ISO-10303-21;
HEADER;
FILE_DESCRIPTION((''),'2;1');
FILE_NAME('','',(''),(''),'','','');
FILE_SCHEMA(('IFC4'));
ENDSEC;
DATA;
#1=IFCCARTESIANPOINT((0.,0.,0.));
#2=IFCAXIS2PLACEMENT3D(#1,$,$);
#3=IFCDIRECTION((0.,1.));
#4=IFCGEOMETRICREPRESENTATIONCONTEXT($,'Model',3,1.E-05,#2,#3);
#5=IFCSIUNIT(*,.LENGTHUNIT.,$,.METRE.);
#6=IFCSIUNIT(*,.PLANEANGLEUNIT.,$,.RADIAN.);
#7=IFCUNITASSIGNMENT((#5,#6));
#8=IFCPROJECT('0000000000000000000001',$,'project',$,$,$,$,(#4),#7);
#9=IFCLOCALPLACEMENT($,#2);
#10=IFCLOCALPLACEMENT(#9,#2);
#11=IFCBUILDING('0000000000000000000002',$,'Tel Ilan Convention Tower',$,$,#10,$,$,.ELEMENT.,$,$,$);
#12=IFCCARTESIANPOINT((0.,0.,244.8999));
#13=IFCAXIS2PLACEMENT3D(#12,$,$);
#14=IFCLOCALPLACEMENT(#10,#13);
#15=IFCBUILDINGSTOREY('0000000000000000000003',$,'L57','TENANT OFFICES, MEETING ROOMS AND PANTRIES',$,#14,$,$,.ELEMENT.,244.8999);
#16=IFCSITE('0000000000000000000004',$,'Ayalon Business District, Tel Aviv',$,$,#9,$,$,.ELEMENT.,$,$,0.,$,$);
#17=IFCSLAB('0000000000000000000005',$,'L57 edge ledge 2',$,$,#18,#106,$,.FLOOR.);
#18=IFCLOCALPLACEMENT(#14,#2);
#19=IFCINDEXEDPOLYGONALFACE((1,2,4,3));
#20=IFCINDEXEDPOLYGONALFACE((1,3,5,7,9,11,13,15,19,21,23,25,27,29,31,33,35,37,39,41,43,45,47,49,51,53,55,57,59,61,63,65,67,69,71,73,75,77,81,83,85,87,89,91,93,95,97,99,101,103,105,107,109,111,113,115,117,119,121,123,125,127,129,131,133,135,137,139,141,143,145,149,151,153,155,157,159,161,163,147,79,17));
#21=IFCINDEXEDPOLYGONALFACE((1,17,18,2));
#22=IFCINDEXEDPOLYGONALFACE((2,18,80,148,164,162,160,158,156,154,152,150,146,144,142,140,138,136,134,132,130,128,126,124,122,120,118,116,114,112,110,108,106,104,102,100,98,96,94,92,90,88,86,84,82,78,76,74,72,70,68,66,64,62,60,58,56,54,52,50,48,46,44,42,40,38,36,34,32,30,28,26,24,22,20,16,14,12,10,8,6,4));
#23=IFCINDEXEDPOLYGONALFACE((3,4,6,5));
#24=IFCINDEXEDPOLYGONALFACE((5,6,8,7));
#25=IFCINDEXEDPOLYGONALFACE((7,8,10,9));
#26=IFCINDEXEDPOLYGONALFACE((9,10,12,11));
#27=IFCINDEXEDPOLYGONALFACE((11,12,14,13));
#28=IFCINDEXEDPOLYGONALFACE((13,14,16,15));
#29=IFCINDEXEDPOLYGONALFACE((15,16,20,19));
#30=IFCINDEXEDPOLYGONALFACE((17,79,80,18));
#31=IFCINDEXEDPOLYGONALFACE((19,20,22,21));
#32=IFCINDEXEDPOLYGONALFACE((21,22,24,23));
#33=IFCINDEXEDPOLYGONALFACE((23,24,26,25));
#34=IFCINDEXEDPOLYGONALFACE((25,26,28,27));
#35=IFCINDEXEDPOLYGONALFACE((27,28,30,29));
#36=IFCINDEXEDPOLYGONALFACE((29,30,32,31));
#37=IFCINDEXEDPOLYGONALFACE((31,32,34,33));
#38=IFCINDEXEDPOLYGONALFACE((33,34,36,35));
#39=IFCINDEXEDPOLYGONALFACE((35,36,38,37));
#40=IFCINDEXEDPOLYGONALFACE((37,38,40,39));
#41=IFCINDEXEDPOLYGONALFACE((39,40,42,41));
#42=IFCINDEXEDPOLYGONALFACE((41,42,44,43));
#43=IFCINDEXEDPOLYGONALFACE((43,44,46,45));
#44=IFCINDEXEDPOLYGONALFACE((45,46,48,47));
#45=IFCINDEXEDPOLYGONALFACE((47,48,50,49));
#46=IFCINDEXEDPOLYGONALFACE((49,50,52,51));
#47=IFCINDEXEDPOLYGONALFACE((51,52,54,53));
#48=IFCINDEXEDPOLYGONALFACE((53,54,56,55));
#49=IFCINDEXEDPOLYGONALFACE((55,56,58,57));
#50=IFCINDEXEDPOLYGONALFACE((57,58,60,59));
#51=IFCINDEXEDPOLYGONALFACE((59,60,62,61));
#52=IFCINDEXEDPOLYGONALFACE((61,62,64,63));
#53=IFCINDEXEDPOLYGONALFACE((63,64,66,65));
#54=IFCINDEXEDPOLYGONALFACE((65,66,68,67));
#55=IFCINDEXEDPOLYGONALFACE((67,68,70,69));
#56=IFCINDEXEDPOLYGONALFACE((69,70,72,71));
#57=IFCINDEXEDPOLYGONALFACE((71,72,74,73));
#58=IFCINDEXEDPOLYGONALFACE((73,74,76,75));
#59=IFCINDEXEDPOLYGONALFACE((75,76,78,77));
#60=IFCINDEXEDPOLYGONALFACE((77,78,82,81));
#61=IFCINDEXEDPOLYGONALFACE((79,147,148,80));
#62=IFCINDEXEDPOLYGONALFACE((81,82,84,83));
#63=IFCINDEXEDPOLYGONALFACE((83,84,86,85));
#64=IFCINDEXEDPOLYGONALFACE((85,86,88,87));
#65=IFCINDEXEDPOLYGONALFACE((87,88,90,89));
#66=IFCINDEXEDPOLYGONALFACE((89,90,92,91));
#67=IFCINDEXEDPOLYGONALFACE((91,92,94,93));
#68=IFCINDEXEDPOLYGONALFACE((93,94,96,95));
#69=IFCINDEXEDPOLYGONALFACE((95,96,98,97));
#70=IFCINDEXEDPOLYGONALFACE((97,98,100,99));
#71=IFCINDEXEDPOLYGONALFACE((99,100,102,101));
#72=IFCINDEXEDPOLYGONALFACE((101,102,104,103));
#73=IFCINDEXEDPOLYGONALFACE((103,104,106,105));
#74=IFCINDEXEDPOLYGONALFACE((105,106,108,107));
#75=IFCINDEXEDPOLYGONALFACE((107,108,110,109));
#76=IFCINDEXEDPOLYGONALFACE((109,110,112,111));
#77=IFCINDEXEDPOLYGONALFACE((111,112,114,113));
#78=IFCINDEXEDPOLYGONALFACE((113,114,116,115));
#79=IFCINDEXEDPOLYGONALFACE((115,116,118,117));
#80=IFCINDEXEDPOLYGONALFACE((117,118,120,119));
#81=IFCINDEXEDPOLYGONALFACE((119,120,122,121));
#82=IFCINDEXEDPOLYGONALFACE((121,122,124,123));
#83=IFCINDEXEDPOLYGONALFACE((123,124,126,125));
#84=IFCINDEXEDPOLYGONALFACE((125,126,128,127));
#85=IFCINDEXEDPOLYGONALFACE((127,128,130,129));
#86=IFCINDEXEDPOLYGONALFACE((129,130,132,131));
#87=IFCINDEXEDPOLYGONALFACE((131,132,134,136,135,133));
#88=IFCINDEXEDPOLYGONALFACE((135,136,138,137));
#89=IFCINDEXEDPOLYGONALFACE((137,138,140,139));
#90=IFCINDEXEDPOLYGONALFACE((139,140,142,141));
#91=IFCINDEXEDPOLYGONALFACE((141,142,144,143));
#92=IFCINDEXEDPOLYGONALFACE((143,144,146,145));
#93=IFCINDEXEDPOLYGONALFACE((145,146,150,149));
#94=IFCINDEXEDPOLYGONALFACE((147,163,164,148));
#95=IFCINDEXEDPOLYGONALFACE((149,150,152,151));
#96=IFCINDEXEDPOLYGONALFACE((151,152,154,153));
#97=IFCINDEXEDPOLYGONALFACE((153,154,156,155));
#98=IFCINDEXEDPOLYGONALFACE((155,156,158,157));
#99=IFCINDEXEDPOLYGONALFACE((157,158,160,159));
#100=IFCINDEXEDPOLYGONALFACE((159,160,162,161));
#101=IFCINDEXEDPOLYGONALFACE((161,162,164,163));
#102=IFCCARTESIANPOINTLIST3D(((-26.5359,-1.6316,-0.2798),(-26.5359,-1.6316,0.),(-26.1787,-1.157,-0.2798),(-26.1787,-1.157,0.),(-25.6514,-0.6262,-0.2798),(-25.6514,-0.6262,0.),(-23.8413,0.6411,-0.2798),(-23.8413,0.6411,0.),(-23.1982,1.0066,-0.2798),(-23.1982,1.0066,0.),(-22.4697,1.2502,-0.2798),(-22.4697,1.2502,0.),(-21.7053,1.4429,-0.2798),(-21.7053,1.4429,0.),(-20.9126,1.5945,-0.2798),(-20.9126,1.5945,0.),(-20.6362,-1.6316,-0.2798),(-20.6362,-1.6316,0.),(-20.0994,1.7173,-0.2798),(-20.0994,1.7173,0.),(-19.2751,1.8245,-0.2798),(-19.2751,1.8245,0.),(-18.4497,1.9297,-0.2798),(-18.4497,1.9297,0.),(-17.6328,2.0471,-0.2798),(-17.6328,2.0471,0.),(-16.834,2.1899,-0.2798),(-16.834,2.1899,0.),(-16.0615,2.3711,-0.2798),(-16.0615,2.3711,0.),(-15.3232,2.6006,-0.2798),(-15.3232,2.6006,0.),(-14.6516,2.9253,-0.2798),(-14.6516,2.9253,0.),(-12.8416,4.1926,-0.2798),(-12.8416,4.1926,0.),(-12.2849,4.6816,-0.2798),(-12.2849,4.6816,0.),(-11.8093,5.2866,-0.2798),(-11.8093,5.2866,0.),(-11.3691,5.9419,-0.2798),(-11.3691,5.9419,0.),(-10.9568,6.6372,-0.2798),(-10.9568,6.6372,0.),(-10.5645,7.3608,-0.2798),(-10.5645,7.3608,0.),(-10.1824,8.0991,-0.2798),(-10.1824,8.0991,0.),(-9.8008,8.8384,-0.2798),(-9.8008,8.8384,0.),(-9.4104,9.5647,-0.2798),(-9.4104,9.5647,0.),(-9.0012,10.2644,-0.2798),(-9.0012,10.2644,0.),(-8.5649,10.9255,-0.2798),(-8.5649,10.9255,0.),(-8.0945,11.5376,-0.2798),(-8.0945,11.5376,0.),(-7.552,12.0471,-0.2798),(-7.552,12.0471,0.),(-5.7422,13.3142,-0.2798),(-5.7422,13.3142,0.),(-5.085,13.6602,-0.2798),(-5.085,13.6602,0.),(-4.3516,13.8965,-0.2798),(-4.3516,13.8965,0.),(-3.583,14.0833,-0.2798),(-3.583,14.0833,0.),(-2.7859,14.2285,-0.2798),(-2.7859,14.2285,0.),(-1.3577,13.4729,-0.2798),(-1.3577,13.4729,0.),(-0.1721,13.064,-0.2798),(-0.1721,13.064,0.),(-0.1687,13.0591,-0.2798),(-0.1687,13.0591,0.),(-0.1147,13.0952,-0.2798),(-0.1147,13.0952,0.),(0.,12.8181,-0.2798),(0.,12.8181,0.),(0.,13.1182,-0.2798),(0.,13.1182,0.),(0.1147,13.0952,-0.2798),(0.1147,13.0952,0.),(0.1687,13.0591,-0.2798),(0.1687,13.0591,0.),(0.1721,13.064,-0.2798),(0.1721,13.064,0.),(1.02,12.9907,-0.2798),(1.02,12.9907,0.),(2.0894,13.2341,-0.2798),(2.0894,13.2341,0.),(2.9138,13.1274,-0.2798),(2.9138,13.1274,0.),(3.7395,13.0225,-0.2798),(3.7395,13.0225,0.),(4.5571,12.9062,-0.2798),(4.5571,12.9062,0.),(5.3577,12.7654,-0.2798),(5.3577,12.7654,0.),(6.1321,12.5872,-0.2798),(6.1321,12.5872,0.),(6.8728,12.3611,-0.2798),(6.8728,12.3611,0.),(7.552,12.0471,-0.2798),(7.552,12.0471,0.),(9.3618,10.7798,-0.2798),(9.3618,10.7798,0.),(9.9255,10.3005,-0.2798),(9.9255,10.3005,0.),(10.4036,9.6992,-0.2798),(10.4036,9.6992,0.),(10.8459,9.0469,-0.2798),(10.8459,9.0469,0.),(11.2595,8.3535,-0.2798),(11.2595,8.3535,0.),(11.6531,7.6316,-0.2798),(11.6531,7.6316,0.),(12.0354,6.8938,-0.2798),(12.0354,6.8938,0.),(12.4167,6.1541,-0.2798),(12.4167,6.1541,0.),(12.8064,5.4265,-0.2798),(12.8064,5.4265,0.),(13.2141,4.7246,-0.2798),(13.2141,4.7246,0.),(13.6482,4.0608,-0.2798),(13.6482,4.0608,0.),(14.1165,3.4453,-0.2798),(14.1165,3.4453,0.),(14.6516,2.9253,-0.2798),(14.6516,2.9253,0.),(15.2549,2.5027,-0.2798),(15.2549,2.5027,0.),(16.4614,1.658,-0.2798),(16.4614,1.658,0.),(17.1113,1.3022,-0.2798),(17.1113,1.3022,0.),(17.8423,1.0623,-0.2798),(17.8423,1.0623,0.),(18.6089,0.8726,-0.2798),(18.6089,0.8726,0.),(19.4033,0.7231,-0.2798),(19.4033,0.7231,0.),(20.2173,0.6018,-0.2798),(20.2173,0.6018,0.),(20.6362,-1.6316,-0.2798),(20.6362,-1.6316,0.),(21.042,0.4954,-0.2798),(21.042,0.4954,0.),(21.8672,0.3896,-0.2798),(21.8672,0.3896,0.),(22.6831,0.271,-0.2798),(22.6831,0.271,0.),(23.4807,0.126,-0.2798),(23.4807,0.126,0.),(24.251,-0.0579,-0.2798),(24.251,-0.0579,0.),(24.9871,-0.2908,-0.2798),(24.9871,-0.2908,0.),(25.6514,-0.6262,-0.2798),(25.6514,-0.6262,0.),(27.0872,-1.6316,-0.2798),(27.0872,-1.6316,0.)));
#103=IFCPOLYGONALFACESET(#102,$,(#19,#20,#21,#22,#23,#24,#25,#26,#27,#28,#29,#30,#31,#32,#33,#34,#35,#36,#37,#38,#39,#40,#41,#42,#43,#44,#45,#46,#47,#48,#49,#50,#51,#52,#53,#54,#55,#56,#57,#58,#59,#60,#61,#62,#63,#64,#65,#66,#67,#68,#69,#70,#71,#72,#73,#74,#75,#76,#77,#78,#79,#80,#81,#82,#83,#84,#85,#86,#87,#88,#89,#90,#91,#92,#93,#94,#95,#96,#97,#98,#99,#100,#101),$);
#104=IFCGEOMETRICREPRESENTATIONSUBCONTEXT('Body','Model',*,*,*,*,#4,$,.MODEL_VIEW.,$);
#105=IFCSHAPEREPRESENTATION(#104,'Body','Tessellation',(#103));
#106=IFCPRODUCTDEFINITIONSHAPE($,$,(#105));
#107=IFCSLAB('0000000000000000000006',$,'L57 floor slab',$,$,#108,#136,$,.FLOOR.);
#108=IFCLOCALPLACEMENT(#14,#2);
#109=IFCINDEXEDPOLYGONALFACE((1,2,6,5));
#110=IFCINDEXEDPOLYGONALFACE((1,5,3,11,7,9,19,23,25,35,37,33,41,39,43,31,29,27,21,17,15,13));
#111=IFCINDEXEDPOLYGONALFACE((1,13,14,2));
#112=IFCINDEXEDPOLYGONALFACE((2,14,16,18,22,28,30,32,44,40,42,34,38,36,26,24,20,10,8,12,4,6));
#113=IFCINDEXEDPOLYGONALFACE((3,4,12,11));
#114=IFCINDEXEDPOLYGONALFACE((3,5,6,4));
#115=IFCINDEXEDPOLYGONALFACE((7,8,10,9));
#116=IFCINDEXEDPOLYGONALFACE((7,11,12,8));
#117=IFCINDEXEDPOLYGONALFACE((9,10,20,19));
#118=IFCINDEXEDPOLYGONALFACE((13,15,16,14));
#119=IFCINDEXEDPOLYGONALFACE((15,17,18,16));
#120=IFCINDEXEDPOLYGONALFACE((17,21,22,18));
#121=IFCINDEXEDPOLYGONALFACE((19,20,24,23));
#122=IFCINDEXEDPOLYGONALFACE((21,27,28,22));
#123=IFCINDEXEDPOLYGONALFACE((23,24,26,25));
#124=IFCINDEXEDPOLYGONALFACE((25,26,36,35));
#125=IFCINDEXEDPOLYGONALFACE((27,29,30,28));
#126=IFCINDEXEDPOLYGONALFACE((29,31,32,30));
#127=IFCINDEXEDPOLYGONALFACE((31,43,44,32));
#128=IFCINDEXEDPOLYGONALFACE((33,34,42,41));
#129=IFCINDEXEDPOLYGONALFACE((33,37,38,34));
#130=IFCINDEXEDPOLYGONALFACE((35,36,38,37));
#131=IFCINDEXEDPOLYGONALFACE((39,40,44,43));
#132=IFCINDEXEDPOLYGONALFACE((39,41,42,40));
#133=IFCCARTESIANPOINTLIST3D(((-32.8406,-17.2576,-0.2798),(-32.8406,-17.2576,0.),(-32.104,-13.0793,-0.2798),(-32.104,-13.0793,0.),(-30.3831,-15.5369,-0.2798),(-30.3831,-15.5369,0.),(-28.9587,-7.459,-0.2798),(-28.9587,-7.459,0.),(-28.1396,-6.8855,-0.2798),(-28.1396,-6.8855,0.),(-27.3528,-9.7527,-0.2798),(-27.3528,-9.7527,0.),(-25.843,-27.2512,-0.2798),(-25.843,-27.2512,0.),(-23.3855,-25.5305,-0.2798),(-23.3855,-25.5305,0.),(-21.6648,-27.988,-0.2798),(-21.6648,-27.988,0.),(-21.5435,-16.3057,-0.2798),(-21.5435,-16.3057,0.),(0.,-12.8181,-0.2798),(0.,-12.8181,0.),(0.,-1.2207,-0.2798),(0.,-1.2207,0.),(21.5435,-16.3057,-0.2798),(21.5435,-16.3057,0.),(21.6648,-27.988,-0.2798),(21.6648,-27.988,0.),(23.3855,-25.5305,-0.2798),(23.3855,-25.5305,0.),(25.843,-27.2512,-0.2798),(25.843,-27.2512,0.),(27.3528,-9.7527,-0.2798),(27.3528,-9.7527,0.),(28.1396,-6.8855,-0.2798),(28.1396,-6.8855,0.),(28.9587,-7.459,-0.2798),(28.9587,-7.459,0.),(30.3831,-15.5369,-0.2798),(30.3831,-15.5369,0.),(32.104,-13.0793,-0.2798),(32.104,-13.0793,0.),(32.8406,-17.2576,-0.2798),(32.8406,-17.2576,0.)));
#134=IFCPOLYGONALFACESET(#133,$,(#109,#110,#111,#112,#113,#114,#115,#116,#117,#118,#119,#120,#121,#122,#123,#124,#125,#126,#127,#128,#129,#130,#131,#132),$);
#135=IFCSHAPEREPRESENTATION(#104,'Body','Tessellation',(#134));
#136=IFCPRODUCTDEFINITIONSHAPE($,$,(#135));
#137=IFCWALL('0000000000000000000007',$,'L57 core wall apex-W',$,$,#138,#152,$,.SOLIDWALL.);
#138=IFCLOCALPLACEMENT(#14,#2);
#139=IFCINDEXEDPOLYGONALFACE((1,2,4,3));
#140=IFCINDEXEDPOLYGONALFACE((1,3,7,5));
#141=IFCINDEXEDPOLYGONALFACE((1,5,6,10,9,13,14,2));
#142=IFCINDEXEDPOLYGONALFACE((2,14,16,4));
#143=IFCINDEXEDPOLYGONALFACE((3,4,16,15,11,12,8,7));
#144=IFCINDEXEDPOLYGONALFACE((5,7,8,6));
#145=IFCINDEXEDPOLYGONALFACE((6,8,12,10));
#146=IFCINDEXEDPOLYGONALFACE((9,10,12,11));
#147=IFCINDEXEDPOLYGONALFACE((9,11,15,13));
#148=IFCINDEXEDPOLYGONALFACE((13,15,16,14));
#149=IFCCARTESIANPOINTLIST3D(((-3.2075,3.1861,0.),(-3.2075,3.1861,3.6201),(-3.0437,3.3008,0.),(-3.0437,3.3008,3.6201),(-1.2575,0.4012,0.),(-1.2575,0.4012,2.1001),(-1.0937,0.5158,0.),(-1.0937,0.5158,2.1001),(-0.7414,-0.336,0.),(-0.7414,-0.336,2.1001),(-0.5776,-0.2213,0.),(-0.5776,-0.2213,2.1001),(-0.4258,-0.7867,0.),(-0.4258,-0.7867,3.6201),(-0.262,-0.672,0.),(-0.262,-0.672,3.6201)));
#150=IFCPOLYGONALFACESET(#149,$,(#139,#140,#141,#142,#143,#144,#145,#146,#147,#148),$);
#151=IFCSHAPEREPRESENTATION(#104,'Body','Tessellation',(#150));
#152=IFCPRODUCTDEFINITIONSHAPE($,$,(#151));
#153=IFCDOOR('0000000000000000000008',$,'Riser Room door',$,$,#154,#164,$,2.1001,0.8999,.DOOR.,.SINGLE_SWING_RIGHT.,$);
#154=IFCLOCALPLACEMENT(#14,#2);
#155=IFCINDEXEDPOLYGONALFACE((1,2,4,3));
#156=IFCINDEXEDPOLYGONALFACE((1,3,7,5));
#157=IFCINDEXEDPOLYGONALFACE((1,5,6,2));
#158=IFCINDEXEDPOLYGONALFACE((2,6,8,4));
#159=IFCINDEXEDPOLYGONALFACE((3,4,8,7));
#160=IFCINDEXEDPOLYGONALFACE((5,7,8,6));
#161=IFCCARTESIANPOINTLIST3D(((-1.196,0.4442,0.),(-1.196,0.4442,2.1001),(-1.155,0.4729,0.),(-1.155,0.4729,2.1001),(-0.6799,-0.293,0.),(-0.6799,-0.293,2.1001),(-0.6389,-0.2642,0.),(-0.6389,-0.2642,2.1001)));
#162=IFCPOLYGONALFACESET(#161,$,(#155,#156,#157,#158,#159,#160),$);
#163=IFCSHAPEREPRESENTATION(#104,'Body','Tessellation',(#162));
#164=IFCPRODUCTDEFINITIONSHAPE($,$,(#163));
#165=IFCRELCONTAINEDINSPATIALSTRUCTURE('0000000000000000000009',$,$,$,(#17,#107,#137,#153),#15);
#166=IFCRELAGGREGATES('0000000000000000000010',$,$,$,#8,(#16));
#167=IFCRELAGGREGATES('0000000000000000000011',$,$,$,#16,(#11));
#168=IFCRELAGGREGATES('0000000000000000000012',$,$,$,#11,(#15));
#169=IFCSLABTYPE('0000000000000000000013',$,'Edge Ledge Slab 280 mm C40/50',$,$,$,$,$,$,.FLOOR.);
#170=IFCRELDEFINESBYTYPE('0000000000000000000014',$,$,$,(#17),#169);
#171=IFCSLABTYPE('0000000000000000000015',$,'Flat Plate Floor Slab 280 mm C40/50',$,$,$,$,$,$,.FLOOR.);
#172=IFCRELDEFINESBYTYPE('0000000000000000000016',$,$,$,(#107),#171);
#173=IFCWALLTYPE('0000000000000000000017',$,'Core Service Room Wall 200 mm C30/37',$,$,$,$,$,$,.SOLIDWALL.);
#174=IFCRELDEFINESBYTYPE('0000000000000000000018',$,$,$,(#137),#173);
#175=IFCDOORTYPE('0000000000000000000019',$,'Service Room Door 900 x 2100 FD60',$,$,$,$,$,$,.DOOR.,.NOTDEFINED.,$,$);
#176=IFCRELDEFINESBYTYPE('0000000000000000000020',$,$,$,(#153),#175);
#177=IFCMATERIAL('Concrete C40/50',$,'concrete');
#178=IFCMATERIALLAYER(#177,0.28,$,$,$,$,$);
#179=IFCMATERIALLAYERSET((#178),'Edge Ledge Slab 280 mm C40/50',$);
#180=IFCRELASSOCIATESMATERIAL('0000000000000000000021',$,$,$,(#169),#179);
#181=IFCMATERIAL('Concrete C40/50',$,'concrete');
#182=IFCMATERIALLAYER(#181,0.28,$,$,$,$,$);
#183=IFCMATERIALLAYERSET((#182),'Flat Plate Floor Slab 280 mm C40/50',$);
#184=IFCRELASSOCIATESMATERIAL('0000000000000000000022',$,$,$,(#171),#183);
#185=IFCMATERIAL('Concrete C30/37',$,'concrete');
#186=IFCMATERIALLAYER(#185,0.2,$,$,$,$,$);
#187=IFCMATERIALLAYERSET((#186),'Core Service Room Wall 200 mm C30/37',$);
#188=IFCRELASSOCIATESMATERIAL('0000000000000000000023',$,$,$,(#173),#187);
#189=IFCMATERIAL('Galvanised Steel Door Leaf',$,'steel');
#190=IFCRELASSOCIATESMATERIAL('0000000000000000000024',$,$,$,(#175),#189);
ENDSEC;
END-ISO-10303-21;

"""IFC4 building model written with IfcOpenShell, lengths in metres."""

from ifc_helpers import new_model, si_unit, direction, frame, frame_2d, origin, place, context, subcontext, project, spatial, polyline, rectangle, outline, extrude, material, layer, layer_set, type_object, element, fill, save


model = new_model("IFC4")

# Units and contexts
model_context = context("Model", 3, precision=1e-05, world=origin(), true_north=direction((0.0, 1.0)))
body_context = subcontext(model_context, "Body", "Model", "MODEL_VIEW")
ifc_project = project(units=[si_unit("LENGTHUNIT", "METRE"), si_unit("PLANEANGLEUNIT", "RADIAN")], contexts=[model_context])

# Site, building, storey
site_placement = place(None, origin())
site = spatial("IfcSite", under=ifc_project, at=site_placement, Name="Ayalon Business District, Tel Aviv", CompositionType="ELEMENT", RefElevation=0.0)
building_placement = place(site_placement, origin())
building = spatial("IfcBuilding", under=site, at=building_placement, Name="Tel Ilan Convention Tower", CompositionType="ELEMENT")
storey_placement = place(building_placement, frame((0.0, 0.0, 244.8999)))
storey = spatial("IfcBuildingStorey", under=building, at=storey_placement, Name="L57", Description="TENANT OFFICES, MEETING ROOMS AND PANTRIES", CompositionType="ELEMENT", Elevation=244.8999)

# Slabs
ifc_material_1 = material(Name="Concrete C40/50", Category="concrete")
ifc_layer_1 = layer(ifc_material_1, 0.28)
ifc_layer_set_1 = layer_set([ifc_layer_1], Name="Edge Ledge Slab 280 mm C40/50")
slab_type_1 = type_object("IfcSlabType", Name="Edge Ledge Slab 280 mm C40/50", PredefinedType="FLOOR", material=ifc_layer_set_1)
slab_1_placement = place(storey_placement, frame((0.0, 0.0, -0.2798)))
element("IfcSlab", 1, at=slab_1_placement, inside=storey, type_object=slab_type_1, Name="L57 edge ledge 2", PredefinedType="FLOOR", context=body_context, shape_type="SweptSolid", body=[
    extrude(outline(polyline([(-23.1982, 1.0066), (-22.4697, 1.2502), (-21.7053, 1.4429), (-20.9126, 1.5945), (-20.0994, 1.7173), (-19.2751, 1.8245), (-18.4497, 1.9297), (-17.6328, 2.0471), (-16.834, 2.1899), (-16.0615, 2.3711), (-15.3232, 2.6006), (-14.6516, 2.9253), (-12.8416, 4.1926), (-12.2849, 4.6816), (-11.8093, 5.2866), (-11.3691, 5.9419), (-10.9568, 6.6372), (-10.5645, 7.3608), (-10.1824, 8.0991), (-9.8008, 8.8384), (-9.4104, 9.5647), (-9.0012, 10.2644), (-8.5649, 10.9255), (-8.0945, 11.5376), (-7.552, 12.0471), (-5.7422, 13.3142), (-5.085, 13.6602), (-4.3516, 13.8965), (-3.583, 14.0833), (-2.7859, 14.2285), (-1.3577, 13.4729), (-0.1721, 13.064), (-0.1687, 13.0591), (-0.1147, 13.0952), (0.0, 13.1182), (0.1147, 13.0952), (0.1687, 13.0591), (0.1721, 13.064), (1.02, 12.9907), (2.0894, 13.2341), (2.9138, 13.1274), (3.7395, 13.0225), (4.5571, 12.9062), (5.3577, 12.7654), (6.1321, 12.5872), (6.8728, 12.3611), (7.552, 12.0471), (9.3618, 10.7798), (9.9255, 10.3005), (10.4036, 9.6992), (10.8459, 9.0469), (11.2595, 8.3535), (11.6531, 7.6316), (12.0354, 6.8938), (12.4167, 6.1541), (12.8064, 5.4265), (13.2141, 4.7246), (13.6482, 4.0608), (14.1165, 3.4453), (14.6516, 2.9253), (15.2549, 2.5027), (16.4614, 1.658), (17.1113, 1.3022), (17.8423, 1.0623), (18.6089, 0.8726), (19.4033, 0.7231), (20.2173, 0.6018), (21.042, 0.4954), (21.8672, 0.3896), (22.6831, 0.271), (23.4807, 0.126), (24.251, -0.0579), (24.9871, -0.2908), (25.6514, -0.6262), (27.0872, -1.6316), (20.6362, -1.6316), (0.0, 12.8181), (-20.6362, -1.6316), (-26.5359, -1.6316), (-26.1787, -1.157), (-25.6514, -0.6262), (-23.8413, 0.6411), (-23.1982, 1.0066)])), origin(), (0.0, 0.0, 1.0), 0.2798),
])
ifc_material_2 = material(Name="Concrete C40/50", Category="concrete")
ifc_layer_2 = layer(ifc_material_2, 0.28)
ifc_layer_set_2 = layer_set([ifc_layer_2], Name="Flat Plate Floor Slab 280 mm C40/50")
slab_type_2 = type_object("IfcSlabType", Name="Flat Plate Floor Slab 280 mm C40/50", PredefinedType="FLOOR", material=ifc_layer_set_2)
slab_2_placement = place(storey_placement, frame((0.0, 0.0, -0.2798)))
element("IfcSlab", 2, at=slab_2_placement, inside=storey, type_object=slab_type_2, Name="L57 floor slab", PredefinedType="FLOOR", context=body_context, shape_type="SweptSolid", body=[
    extrude(outline(polyline([(21.5435, -16.3057), (28.1396, -6.8855), (28.9587, -7.459), (27.3528, -9.7527), (32.104, -13.0793), (30.3831, -15.5369), (32.8406, -17.2576), (25.843, -27.2512), (23.3855, -25.5305), (21.6648, -27.988), (0.0, -12.8181), (-21.6648, -27.988), (-23.3855, -25.5305), (-25.843, -27.2512), (-32.8406, -17.2576), (-30.3831, -15.5369), (-32.104, -13.0793), (-27.3528, -9.7527), (-28.9587, -7.459), (-28.1396, -6.8855), (-21.5435, -16.3057), (0.0, -1.2207), (21.5435, -16.3057)])), origin(), (0.0, 0.0, 1.0), 0.2798),
])

# Wall, opening, door
ifc_material_3 = material(Name="Concrete C30/37", Category="concrete")
ifc_layer_3 = layer(ifc_material_3, 0.2)
ifc_layer_set_3 = layer_set([ifc_layer_3], Name="Core Service Room Wall 200 mm C30/37")
wall_type_1 = type_object("IfcWallType", Name="Core Service Room Wall 200 mm C30/37", PredefinedType="SOLIDWALL", material=ifc_layer_set_3)
wall_1_placement = place(storey_placement, frame((-0.344, -0.7292, 0.0), z_axis=(0.0, 0.0, 1.0), x_axis=(-0.57356, 0.819163, 0.0)))
wall_1 = element("IfcWall", 3, at=wall_1_placement, inside=storey, type_object=wall_type_1, Name="L57 core wall apex-W", PredefinedType="SOLIDWALL", context=body_context, shape_type="SweptSolid", body=[
    extrude(rectangle(XDim=4.8499, YDim=0.2, at=frame_2d((2.4248, 0.0))), origin(), (0.0, 0.0, 1.0), 3.6201),
])
opening_1_placement = place(wall_1_placement, frame((0.55, 0.0, 0.0)))
opening_1 = element("IfcOpeningElement", 4, at=opening_1_placement, cuts=wall_1, PredefinedType="OPENING", context=body_context, shape_type="SweptSolid", body=[
    extrude(rectangle(XDim=0.8999, YDim=2.1001, at=frame_2d((0.45, 1.05))), frame((0.0, 0.1099, 0.0), z_axis=(0.0, -1.0, 0.0), x_axis=(1.0, 0.0, 0.0)), (0.0, 0.0, 1.0), 0.22),
])
ifc_material_4 = material(Name="Galvanised Steel Door Leaf", Category="steel")
door_type_1 = type_object("IfcDoorType", Name="Service Room Door 900 x 2100 FD60", OperationType="NOTDEFINED", PredefinedType="DOOR", material=ifc_material_4)
door_1_placement = place(opening_1_placement, origin())
door_1 = element("IfcDoor", 5, at=door_1_placement, inside=storey, type_object=door_type_1, Name="Riser Room door", OperationType="SINGLE_SWING_RIGHT", OverallHeight=2.1001, OverallWidth=0.8999, PredefinedType="DOOR", context=body_context, shape_type="SweptSolid", body=[
    extrude(rectangle(XDim=0.8999, YDim=2.1001, at=frame_2d((0.45, 1.05))), frame((0.0, 0.0249, 0.0), z_axis=(0.0, -1.0, 0.0), x_axis=(1.0, 0.0, 0.0)), (0.0, 0.0, 1.0), 0.05),
])
fill(opening_1, door_1)

save(model, "model.ifc")
